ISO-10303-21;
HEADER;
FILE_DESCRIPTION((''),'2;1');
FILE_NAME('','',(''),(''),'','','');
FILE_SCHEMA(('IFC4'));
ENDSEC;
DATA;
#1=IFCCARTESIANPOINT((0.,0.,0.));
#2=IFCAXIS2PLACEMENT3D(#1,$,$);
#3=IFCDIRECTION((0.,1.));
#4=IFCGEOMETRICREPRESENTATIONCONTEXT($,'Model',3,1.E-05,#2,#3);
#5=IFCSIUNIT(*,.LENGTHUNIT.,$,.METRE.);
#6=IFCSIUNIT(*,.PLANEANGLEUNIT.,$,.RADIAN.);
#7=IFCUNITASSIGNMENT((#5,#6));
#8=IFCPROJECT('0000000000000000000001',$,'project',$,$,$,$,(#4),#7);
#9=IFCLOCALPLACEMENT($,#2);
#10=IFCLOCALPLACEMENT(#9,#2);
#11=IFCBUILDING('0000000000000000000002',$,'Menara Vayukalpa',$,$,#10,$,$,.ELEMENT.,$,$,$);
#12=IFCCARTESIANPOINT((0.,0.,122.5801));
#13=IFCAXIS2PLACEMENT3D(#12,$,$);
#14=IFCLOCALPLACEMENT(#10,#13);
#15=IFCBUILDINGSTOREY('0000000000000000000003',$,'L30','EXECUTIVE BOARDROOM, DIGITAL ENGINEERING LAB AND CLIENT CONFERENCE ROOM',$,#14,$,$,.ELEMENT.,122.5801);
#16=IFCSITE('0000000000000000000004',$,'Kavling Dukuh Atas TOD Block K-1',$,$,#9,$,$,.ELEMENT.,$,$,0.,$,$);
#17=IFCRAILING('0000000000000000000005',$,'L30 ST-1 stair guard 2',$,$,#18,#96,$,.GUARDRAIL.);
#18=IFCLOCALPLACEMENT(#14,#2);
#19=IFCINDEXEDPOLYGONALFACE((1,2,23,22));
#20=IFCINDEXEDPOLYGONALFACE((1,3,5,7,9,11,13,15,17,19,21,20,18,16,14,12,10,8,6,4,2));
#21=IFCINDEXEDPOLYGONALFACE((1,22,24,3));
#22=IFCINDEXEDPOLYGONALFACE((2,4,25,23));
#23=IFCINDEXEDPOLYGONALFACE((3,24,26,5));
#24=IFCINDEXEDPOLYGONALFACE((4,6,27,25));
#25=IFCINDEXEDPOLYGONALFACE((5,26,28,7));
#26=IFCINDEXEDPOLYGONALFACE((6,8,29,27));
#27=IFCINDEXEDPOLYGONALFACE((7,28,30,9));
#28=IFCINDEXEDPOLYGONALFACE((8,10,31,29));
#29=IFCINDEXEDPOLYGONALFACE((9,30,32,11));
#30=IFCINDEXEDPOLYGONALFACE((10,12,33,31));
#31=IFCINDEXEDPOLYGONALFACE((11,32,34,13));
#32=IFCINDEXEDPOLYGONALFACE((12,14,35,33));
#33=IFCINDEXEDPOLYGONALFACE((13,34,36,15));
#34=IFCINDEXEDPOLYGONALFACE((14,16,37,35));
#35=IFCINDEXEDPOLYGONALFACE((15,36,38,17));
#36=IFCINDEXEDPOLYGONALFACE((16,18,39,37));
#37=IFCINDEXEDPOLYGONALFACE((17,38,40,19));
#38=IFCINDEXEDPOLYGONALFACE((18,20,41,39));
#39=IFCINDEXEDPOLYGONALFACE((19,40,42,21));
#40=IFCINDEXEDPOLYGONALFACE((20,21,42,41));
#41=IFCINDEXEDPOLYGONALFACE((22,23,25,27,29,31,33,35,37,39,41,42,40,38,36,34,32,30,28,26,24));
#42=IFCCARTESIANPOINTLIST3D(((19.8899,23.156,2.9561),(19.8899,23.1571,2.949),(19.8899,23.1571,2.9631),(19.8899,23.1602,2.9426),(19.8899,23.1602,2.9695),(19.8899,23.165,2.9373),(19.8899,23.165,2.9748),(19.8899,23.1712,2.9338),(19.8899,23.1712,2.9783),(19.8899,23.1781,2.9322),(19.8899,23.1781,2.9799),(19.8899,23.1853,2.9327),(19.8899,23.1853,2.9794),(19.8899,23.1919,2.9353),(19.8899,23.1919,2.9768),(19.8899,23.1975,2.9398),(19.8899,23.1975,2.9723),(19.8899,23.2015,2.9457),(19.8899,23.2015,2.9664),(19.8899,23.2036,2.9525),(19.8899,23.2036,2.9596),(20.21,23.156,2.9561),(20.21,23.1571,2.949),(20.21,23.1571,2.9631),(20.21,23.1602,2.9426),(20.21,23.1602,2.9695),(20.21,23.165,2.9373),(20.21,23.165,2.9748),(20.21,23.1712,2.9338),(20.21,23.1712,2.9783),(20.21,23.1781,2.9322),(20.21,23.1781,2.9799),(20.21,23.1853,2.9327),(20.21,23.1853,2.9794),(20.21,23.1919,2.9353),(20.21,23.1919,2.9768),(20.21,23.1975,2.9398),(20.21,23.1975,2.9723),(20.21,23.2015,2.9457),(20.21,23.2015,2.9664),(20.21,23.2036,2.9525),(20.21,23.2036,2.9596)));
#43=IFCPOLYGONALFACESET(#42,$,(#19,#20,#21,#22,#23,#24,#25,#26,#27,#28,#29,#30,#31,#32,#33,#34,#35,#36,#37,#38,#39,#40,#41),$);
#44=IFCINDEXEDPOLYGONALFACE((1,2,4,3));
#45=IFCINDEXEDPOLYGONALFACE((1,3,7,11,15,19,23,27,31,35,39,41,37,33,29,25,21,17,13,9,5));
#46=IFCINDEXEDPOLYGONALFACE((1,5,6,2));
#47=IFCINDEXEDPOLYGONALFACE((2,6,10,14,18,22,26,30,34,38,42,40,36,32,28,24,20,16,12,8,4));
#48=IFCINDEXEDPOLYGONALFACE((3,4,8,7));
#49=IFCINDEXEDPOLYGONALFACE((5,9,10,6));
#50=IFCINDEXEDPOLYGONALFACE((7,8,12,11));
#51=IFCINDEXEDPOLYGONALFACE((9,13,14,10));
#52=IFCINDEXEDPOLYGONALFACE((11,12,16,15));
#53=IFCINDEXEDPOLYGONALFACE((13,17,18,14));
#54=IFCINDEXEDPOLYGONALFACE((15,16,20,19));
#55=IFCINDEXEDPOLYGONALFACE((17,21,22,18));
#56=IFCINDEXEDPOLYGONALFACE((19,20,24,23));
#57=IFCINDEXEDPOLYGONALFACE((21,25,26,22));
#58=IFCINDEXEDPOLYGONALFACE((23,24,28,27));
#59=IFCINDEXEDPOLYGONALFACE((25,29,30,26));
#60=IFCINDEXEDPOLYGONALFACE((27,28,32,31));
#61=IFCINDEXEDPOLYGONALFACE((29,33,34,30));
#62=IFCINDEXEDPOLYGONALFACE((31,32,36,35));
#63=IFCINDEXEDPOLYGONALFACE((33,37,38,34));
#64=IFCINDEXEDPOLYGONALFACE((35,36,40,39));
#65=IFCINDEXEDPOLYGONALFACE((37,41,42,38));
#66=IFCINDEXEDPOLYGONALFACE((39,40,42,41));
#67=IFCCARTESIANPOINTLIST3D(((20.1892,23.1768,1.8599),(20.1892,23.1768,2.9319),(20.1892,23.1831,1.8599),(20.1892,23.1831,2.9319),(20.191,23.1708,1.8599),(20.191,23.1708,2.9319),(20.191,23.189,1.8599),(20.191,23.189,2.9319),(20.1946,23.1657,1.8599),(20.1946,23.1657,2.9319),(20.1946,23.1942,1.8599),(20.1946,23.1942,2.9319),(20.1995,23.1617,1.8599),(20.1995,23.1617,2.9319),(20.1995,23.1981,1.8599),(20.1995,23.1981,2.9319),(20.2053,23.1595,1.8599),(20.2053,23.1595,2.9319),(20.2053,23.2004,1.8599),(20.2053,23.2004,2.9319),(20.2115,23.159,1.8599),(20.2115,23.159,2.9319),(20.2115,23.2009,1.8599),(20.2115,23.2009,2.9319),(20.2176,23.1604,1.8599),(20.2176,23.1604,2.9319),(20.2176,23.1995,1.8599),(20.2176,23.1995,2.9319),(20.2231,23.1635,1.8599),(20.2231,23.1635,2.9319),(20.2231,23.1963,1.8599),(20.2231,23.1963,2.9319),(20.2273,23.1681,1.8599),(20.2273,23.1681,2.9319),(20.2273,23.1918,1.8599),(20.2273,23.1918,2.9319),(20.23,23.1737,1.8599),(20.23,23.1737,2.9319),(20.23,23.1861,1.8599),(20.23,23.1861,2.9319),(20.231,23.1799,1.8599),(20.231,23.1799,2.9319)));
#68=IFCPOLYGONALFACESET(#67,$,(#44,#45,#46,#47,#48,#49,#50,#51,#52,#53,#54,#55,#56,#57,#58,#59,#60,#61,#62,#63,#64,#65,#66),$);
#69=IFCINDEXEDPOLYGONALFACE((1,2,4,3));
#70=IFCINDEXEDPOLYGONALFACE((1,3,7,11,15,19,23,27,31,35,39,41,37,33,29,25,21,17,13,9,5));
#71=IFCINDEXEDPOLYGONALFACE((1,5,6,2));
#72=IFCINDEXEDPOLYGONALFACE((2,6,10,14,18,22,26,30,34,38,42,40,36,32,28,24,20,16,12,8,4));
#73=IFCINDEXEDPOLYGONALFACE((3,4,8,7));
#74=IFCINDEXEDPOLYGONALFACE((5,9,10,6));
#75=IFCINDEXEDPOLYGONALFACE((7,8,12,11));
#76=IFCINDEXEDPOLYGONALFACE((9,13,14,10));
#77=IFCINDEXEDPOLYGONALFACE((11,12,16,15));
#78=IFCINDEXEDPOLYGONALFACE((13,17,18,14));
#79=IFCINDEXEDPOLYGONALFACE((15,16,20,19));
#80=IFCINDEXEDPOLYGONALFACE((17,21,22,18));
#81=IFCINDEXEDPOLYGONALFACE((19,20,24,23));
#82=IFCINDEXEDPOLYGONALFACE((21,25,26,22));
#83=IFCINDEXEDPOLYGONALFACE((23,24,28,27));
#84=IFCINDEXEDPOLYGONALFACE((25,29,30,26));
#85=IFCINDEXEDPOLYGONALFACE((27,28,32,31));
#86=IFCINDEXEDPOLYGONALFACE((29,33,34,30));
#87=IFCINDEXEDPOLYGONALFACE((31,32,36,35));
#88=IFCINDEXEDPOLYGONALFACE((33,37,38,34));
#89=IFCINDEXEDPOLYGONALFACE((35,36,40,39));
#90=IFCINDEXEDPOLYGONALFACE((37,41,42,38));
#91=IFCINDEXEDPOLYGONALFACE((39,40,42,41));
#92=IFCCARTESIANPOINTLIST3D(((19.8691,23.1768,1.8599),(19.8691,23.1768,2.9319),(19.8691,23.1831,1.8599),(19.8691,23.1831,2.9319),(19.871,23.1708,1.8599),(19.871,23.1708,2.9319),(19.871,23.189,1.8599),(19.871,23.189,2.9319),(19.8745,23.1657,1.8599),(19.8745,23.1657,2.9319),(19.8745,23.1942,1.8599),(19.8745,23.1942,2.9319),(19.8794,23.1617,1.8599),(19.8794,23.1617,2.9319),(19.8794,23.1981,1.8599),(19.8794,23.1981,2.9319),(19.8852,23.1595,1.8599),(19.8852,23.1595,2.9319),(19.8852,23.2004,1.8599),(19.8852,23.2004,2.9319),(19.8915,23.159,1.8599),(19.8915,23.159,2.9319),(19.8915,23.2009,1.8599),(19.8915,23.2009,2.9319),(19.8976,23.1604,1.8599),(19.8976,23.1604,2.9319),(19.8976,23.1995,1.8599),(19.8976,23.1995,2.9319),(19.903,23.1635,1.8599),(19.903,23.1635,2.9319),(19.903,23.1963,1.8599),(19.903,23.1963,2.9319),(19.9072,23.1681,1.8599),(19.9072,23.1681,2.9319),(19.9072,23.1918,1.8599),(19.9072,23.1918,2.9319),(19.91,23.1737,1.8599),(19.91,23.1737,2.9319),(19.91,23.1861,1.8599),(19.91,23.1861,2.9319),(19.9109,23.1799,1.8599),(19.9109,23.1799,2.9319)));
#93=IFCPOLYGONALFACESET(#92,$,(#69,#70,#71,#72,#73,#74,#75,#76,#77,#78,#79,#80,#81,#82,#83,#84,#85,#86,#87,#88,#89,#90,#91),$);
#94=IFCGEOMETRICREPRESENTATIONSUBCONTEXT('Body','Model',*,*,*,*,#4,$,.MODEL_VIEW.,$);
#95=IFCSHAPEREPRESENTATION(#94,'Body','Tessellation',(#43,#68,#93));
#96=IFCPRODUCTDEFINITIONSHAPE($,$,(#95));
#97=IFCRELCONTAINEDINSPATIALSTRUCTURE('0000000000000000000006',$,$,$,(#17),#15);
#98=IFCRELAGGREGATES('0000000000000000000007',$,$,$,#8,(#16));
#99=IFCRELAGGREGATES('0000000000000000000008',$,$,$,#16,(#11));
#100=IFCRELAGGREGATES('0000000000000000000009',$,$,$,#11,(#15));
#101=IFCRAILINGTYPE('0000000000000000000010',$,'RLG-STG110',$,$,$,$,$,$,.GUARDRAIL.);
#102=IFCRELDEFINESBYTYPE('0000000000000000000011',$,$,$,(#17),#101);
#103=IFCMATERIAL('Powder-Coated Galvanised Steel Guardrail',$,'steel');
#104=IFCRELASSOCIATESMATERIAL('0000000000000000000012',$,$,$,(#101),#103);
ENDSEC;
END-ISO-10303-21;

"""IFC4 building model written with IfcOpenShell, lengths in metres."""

from ifc_helpers import new_model, si_unit, direction, frame, origin, origin_2d, place, context, subcontext, project, spatial, circle, extrude, material, type_object, element, save


model = new_model("IFC4")

# Units and contexts
model_context = context("Model", 3, precision=1e-05, world=origin(), true_north=direction((0.0, 1.0)))
body_context = subcontext(model_context, "Body", "Model", "MODEL_VIEW")
ifc_project = project(units=[si_unit("LENGTHUNIT", "METRE"), si_unit("PLANEANGLEUNIT", "RADIAN")], contexts=[model_context])

# Site, building, storey
site_placement = place(None, origin())
site = spatial("IfcSite", under=ifc_project, at=site_placement, Name="Kavling Dukuh Atas TOD Block K-1", CompositionType="ELEMENT", RefElevation=0.0)
building_placement = place(site_placement, origin())
building = spatial("IfcBuilding", under=site, at=building_placement, Name="Menara Vayukalpa", CompositionType="ELEMENT")
storey_placement = place(building_placement, frame((0.0, 0.0, 122.5801)))
storey = spatial("IfcBuildingStorey", under=building, at=storey_placement, Name="L30", Description="EXECUTIVE BOARDROOM, DIGITAL ENGINEERING LAB AND CLIENT CONFERENCE ROOM", CompositionType="ELEMENT", Elevation=122.5801)

# Railing
ifc_material_1 = material(Name="Powder-Coated Galvanised Steel Guardrail", Category="steel")
railing_type_1 = type_object("IfcRailingType", Name="RLG-STG110", PredefinedType="GUARDRAIL", material=ifc_material_1)
railing_1_placement = place(storey_placement, frame((20.21, 23.1799, 1.8599)))
element("IfcRailing", 1, at=railing_1_placement, inside=storey, type_object=railing_type_1, Name="L30 ST-1 stair guard 2", PredefinedType="GUARDRAIL", context=body_context, shape_type="SweptSolid", body=[
    extrude(circle(Radius=0.0239, at=origin_2d()), frame((0.0, 0.0, 1.0962), z_axis=(-1.0, 0.0, 0.0), x_axis=(0.0, -1.0, 0.0)), (0.0, 0.0, 1.0), 0.3201),
    extrude(circle(Radius=0.021, at=origin_2d()), origin(), (0.0, 0.0, 1.0), 1.072),
    extrude(circle(Radius=0.021, at=origin_2d()), frame((-0.3201, 0.0, 0.0)), (0.0, 0.0, 1.0), 1.072),
])

save(model, "model.ifc")
